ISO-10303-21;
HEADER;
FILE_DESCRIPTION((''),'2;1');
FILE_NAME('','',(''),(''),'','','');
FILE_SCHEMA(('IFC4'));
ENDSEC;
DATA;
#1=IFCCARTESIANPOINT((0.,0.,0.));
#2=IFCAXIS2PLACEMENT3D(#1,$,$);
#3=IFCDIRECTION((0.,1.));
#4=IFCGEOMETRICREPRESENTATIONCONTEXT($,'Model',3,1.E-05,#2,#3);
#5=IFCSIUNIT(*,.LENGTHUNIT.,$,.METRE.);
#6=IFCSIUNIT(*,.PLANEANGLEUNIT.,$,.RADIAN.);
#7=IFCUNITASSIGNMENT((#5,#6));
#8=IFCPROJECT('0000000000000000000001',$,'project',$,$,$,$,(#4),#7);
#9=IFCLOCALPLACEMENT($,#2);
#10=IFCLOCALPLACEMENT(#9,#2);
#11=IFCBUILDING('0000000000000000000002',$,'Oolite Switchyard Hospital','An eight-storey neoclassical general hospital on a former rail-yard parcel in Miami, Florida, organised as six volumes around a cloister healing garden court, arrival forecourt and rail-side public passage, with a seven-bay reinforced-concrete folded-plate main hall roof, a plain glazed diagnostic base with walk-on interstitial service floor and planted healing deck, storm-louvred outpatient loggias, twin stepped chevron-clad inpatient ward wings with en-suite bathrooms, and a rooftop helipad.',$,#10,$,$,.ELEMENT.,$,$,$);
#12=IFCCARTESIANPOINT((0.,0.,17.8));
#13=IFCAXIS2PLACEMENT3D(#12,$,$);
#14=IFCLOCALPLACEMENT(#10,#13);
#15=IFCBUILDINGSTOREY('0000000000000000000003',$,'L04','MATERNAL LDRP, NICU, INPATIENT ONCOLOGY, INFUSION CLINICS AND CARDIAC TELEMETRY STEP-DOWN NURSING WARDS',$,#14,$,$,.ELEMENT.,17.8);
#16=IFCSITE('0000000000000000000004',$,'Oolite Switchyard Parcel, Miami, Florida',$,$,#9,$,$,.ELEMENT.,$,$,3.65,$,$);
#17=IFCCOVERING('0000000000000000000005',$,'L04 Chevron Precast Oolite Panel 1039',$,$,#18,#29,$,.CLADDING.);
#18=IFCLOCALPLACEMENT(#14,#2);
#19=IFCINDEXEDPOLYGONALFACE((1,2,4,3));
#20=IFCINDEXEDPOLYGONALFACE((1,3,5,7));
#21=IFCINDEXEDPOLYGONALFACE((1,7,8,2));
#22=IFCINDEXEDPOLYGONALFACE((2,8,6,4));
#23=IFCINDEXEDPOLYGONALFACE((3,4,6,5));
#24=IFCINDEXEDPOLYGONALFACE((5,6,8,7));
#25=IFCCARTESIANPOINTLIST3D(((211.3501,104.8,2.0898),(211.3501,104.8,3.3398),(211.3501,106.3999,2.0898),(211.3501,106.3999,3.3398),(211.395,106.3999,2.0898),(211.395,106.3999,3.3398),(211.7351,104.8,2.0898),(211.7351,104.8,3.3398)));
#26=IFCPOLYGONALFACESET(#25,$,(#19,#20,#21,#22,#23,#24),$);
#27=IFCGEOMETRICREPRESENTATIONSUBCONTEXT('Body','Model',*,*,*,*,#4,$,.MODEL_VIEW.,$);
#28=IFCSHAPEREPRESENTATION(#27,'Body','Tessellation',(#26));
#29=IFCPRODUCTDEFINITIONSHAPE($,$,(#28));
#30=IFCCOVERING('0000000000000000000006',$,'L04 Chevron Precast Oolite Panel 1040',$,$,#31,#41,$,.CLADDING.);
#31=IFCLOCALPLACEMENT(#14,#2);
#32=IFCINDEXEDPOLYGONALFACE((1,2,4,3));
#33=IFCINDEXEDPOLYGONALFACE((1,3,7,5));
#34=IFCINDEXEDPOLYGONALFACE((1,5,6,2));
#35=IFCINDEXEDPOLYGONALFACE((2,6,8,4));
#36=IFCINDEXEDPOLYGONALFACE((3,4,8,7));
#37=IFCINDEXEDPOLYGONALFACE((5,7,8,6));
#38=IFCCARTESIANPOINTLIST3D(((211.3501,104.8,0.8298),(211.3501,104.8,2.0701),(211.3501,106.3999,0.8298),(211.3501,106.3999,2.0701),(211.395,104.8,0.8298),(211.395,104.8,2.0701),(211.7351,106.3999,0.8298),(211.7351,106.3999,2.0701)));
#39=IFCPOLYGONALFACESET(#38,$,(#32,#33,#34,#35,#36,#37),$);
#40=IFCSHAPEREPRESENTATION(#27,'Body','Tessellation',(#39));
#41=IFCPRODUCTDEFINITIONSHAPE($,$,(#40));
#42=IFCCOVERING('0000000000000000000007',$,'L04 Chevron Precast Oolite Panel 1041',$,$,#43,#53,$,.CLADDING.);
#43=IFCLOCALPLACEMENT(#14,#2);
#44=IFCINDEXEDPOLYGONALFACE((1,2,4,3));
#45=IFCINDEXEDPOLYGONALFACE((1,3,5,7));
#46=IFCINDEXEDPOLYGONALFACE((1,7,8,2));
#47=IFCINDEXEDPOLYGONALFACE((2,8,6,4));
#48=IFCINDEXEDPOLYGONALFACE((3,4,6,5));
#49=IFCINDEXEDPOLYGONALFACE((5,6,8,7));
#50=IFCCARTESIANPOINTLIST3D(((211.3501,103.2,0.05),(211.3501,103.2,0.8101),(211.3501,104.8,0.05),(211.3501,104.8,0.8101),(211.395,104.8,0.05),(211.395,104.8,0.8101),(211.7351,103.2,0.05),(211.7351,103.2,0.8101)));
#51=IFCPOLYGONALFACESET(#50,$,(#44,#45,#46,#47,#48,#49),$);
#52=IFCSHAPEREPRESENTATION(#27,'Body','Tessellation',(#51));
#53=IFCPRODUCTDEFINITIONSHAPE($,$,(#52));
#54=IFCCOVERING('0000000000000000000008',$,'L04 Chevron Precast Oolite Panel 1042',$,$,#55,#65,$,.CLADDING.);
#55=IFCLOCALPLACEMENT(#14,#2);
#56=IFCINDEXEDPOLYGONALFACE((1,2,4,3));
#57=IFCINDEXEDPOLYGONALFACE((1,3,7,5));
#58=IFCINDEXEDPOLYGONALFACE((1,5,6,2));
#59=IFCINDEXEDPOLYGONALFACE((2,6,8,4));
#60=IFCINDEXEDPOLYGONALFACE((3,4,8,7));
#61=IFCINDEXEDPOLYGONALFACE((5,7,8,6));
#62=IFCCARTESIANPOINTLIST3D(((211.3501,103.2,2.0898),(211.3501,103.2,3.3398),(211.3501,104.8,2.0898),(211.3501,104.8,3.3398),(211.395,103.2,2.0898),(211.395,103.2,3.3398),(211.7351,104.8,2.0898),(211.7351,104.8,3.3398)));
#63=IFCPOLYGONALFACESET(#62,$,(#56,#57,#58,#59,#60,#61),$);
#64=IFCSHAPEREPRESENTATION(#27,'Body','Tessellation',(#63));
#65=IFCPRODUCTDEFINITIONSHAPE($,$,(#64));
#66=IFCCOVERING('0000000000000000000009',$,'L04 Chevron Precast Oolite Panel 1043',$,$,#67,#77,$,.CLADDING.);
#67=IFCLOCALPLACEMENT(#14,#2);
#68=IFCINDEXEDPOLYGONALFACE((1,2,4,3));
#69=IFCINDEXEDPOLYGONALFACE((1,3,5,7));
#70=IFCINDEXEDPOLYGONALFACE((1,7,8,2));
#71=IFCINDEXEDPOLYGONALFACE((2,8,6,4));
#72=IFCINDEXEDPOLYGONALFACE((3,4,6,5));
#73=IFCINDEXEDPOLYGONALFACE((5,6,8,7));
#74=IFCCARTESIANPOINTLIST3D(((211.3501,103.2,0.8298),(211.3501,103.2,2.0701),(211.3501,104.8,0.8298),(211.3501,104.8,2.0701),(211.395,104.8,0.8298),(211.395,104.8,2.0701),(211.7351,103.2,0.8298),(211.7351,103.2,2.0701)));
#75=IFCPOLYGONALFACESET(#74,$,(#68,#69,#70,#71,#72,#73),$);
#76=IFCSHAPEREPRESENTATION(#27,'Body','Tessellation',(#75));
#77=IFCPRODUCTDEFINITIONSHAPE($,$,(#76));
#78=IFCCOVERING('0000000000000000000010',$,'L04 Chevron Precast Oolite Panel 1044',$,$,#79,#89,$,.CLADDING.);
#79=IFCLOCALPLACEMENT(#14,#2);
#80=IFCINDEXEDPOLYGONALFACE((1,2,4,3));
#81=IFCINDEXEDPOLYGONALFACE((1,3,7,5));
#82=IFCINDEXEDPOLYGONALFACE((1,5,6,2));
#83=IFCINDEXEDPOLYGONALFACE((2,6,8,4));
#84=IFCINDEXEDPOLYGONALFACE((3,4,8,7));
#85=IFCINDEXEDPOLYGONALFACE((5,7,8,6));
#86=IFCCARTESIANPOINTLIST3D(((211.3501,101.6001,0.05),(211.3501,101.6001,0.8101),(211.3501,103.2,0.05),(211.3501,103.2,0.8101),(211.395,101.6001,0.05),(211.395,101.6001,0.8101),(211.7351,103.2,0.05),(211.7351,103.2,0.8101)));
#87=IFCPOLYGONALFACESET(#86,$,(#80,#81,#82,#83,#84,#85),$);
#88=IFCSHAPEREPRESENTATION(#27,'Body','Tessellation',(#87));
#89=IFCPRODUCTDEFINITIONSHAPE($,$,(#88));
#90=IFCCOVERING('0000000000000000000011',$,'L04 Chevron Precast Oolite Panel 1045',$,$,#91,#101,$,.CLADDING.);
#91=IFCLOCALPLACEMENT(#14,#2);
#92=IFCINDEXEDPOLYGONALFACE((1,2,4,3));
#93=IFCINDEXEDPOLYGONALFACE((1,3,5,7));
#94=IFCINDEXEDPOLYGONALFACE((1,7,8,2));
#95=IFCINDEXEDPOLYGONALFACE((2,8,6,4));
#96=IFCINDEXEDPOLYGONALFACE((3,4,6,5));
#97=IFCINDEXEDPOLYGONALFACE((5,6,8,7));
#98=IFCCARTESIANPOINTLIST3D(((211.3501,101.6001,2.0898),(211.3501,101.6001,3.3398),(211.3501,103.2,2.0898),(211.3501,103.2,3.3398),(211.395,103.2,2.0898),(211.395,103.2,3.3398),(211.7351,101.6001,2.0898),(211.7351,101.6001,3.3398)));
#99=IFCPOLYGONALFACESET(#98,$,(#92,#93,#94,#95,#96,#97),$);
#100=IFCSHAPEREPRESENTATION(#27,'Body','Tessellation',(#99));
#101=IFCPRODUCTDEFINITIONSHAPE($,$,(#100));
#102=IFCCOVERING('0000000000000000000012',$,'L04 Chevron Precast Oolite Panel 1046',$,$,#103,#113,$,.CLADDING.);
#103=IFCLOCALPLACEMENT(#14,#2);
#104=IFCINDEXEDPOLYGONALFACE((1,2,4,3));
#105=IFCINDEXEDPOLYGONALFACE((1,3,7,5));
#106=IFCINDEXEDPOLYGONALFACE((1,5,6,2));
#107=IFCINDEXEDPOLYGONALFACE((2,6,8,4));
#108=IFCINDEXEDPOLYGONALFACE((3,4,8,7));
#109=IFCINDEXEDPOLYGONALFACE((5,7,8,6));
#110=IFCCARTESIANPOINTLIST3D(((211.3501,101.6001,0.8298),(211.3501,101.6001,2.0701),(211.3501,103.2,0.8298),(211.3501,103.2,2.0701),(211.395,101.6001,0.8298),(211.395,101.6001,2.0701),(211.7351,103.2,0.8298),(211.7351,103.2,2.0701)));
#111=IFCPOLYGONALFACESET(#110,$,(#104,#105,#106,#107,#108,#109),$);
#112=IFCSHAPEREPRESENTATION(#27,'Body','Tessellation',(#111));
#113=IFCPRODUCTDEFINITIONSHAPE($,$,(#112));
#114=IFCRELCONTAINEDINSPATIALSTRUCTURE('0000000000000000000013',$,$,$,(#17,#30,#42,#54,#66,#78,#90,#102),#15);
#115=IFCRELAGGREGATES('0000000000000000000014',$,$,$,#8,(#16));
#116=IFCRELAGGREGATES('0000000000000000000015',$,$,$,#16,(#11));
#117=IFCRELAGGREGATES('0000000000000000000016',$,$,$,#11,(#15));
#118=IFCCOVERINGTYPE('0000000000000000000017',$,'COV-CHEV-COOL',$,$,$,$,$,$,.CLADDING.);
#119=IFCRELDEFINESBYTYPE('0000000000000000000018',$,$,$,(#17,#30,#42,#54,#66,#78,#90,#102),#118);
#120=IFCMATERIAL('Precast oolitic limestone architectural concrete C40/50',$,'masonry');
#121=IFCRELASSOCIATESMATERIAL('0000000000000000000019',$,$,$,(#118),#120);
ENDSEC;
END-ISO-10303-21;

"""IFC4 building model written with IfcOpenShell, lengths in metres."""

from ifc_helpers import new_model, si_unit, direction, frame, origin, place, context, subcontext, project, spatial, polyline, outline, extrude, material, type_object, element, save


model = new_model("IFC4")

# Units and contexts
model_context = context("Model", 3, precision=1e-05, world=origin(), true_north=direction((0.0, 1.0)))
body_context = subcontext(model_context, "Body", "Model", "MODEL_VIEW")
ifc_project = project(units=[si_unit("LENGTHUNIT", "METRE"), si_unit("PLANEANGLEUNIT", "RADIAN")], contexts=[model_context])

# Site, building, storey
site_placement = place(None, origin())
site = spatial("IfcSite", under=ifc_project, at=site_placement, Name="Oolite Switchyard Parcel, Miami, Florida", CompositionType="ELEMENT", RefElevation=3.65)
building_placement = place(site_placement, origin())
building = spatial("IfcBuilding", under=site, at=building_placement, Name="Oolite Switchyard Hospital", Description="An eight-storey neoclassical general hospital on a former rail-yard parcel in Miami, Florida, organised as six volumes around a cloister healing garden court, arrival forecourt and rail-side public passage, with a seven-bay reinforced-concrete folded-plate main hall roof, a plain glazed diagnostic base with walk-on interstitial service floor and planted healing deck, storm-louvred outpatient loggias, twin stepped chevron-clad inpatient ward wings with en-suite bathrooms, and a rooftop helipad.", CompositionType="ELEMENT")
storey_placement = place(building_placement, frame((0.0, 0.0, 17.8)))
storey = spatial("IfcBuildingStorey", under=building, at=storey_placement, Name="L04", Description="MATERNAL LDRP, NICU, INPATIENT ONCOLOGY, INFUSION CLINICS AND CARDIAC TELEMETRY STEP-DOWN NURSING WARDS", CompositionType="ELEMENT", Elevation=17.8)

# Shared definitions
ifc_material_1 = material(Name="Precast oolitic limestone architectural concrete C40/50", Category="masonry")

# Coverings
covering_type = type_object("IfcCoveringType", Name="COV-CHEV-COOL", PredefinedType="CLADDING", material=ifc_material_1)
covering_1_placement = place(storey_placement, frame((211.3501, 106.3999, 2.0898), z_axis=(0.0, 0.0, 1.0), x_axis=(0.0, -1.0, 0.0)))
element("IfcCovering", 1, at=covering_1_placement, inside=storey, type_object=covering_type, Name="L04 Chevron Precast Oolite Panel 1039", PredefinedType="CLADDING", context=body_context, shape_type="SweptSolid", body=[
    extrude(outline(polyline([(0.0, 0.0), (1.5999, 0.0), (1.5999, 0.385), (0.0, 0.0449), (0.0, 0.0)])), origin(), (0.0, 0.0, 1.0), 1.25),
])
covering_2_placement = place(storey_placement, frame((211.3501, 106.3999, 0.8298), z_axis=(0.0, 0.0, 1.0), x_axis=(0.0, -1.0, 0.0)))
element("IfcCovering", 2, at=covering_2_placement, inside=storey, type_object=covering_type, Name="L04 Chevron Precast Oolite Panel 1040", PredefinedType="CLADDING", context=body_context, shape_type="SweptSolid", body=[
    extrude(outline(polyline([(0.0, 0.0), (1.5999, 0.0), (1.5999, 0.0449), (0.0, 0.385), (0.0, 0.0)])), origin(), (0.0, 0.0, 1.0), 1.2402),
])
covering_3_placement = place(storey_placement, frame((211.3501, 104.8, 0.05), z_axis=(0.0, 0.0, 1.0), x_axis=(0.0, -1.0, 0.0)))
element("IfcCovering", 3, at=covering_3_placement, inside=storey, type_object=covering_type, Name="L04 Chevron Precast Oolite Panel 1041", PredefinedType="CLADDING", context=body_context, shape_type="SweptSolid", body=[
    extrude(outline(polyline([(0.0, 0.0), (1.6001, 0.0), (1.6001, 0.385), (0.0, 0.0449), (0.0, 0.0)])), origin(), (0.0, 0.0, 1.0), 0.76),
])
covering_4_placement = place(storey_placement, frame((211.3501, 104.8, 2.0898), z_axis=(0.0, 0.0, 1.0), x_axis=(0.0, -1.0, 0.0)))
element("IfcCovering", 4, at=covering_4_placement, inside=storey, type_object=covering_type, Name="L04 Chevron Precast Oolite Panel 1042", PredefinedType="CLADDING", context=body_context, shape_type="SweptSolid", body=[
    extrude(outline(polyline([(0.0, 0.0), (1.6001, 0.0), (1.6001, 0.0449), (0.0, 0.385), (0.0, 0.0)])), origin(), (0.0, 0.0, 1.0), 1.25),
])
covering_5_placement = place(storey_placement, frame((211.3501, 104.8, 0.8298), z_axis=(0.0, 0.0, 1.0), x_axis=(0.0, -1.0, 0.0)))
element("IfcCovering", 5, at=covering_5_placement, inside=storey, type_object=covering_type, Name="L04 Chevron Precast Oolite Panel 1043", PredefinedType="CLADDING", context=body_context, shape_type="SweptSolid", body=[
    extrude(outline(polyline([(0.0, 0.0), (1.6001, 0.0), (1.6001, 0.385), (0.0, 0.0449), (0.0, 0.0)])), origin(), (0.0, 0.0, 1.0), 1.2402),
])
covering_6_placement = place(storey_placement, frame((211.3501, 103.2, 0.05), z_axis=(0.0, 0.0, 1.0), x_axis=(0.0, -1.0, 0.0)))
element("IfcCovering", 6, at=covering_6_placement, inside=storey, type_object=covering_type, Name="L04 Chevron Precast Oolite Panel 1044", PredefinedType="CLADDING", context=body_context, shape_type="SweptSolid", body=[
    extrude(outline(polyline([(0.0, 0.0), (1.5999, 0.0), (1.5999, 0.0449), (0.0, 0.385), (0.0, 0.0)])), origin(), (0.0, 0.0, 1.0), 0.76),
])
covering_7_placement = place(storey_placement, frame((211.3501, 103.2, 2.0898), z_axis=(0.0, 0.0, 1.0), x_axis=(0.0, -1.0, 0.0)))
element("IfcCovering", 7, at=covering_7_placement, inside=storey, type_object=covering_type, Name="L04 Chevron Precast Oolite Panel 1045", PredefinedType="CLADDING", context=body_context, shape_type="SweptSolid", body=[
    extrude(outline(polyline([(0.0, 0.0), (1.5999, 0.0), (1.5999, 0.385), (0.0, 0.0449), (0.0, 0.0)])), origin(), (0.0, 0.0, 1.0), 1.25),
])
covering_8_placement = place(storey_placement, frame((211.3501, 103.2, 0.8298), z_axis=(0.0, 0.0, 1.0), x_axis=(0.0, -1.0, 0.0)))
element("IfcCovering", 8, at=covering_8_placement, inside=storey, type_object=covering_type, Name="L04 Chevron Precast Oolite Panel 1046", PredefinedType="CLADDING", context=body_context, shape_type="SweptSolid", body=[
    extrude(outline(polyline([(0.0, 0.0), (1.5999, 0.0), (1.5999, 0.0449), (0.0, 0.385), (0.0, 0.0)])), origin(), (0.0, 0.0, 1.0), 1.2402),
])

save(model, "model.ifc")
